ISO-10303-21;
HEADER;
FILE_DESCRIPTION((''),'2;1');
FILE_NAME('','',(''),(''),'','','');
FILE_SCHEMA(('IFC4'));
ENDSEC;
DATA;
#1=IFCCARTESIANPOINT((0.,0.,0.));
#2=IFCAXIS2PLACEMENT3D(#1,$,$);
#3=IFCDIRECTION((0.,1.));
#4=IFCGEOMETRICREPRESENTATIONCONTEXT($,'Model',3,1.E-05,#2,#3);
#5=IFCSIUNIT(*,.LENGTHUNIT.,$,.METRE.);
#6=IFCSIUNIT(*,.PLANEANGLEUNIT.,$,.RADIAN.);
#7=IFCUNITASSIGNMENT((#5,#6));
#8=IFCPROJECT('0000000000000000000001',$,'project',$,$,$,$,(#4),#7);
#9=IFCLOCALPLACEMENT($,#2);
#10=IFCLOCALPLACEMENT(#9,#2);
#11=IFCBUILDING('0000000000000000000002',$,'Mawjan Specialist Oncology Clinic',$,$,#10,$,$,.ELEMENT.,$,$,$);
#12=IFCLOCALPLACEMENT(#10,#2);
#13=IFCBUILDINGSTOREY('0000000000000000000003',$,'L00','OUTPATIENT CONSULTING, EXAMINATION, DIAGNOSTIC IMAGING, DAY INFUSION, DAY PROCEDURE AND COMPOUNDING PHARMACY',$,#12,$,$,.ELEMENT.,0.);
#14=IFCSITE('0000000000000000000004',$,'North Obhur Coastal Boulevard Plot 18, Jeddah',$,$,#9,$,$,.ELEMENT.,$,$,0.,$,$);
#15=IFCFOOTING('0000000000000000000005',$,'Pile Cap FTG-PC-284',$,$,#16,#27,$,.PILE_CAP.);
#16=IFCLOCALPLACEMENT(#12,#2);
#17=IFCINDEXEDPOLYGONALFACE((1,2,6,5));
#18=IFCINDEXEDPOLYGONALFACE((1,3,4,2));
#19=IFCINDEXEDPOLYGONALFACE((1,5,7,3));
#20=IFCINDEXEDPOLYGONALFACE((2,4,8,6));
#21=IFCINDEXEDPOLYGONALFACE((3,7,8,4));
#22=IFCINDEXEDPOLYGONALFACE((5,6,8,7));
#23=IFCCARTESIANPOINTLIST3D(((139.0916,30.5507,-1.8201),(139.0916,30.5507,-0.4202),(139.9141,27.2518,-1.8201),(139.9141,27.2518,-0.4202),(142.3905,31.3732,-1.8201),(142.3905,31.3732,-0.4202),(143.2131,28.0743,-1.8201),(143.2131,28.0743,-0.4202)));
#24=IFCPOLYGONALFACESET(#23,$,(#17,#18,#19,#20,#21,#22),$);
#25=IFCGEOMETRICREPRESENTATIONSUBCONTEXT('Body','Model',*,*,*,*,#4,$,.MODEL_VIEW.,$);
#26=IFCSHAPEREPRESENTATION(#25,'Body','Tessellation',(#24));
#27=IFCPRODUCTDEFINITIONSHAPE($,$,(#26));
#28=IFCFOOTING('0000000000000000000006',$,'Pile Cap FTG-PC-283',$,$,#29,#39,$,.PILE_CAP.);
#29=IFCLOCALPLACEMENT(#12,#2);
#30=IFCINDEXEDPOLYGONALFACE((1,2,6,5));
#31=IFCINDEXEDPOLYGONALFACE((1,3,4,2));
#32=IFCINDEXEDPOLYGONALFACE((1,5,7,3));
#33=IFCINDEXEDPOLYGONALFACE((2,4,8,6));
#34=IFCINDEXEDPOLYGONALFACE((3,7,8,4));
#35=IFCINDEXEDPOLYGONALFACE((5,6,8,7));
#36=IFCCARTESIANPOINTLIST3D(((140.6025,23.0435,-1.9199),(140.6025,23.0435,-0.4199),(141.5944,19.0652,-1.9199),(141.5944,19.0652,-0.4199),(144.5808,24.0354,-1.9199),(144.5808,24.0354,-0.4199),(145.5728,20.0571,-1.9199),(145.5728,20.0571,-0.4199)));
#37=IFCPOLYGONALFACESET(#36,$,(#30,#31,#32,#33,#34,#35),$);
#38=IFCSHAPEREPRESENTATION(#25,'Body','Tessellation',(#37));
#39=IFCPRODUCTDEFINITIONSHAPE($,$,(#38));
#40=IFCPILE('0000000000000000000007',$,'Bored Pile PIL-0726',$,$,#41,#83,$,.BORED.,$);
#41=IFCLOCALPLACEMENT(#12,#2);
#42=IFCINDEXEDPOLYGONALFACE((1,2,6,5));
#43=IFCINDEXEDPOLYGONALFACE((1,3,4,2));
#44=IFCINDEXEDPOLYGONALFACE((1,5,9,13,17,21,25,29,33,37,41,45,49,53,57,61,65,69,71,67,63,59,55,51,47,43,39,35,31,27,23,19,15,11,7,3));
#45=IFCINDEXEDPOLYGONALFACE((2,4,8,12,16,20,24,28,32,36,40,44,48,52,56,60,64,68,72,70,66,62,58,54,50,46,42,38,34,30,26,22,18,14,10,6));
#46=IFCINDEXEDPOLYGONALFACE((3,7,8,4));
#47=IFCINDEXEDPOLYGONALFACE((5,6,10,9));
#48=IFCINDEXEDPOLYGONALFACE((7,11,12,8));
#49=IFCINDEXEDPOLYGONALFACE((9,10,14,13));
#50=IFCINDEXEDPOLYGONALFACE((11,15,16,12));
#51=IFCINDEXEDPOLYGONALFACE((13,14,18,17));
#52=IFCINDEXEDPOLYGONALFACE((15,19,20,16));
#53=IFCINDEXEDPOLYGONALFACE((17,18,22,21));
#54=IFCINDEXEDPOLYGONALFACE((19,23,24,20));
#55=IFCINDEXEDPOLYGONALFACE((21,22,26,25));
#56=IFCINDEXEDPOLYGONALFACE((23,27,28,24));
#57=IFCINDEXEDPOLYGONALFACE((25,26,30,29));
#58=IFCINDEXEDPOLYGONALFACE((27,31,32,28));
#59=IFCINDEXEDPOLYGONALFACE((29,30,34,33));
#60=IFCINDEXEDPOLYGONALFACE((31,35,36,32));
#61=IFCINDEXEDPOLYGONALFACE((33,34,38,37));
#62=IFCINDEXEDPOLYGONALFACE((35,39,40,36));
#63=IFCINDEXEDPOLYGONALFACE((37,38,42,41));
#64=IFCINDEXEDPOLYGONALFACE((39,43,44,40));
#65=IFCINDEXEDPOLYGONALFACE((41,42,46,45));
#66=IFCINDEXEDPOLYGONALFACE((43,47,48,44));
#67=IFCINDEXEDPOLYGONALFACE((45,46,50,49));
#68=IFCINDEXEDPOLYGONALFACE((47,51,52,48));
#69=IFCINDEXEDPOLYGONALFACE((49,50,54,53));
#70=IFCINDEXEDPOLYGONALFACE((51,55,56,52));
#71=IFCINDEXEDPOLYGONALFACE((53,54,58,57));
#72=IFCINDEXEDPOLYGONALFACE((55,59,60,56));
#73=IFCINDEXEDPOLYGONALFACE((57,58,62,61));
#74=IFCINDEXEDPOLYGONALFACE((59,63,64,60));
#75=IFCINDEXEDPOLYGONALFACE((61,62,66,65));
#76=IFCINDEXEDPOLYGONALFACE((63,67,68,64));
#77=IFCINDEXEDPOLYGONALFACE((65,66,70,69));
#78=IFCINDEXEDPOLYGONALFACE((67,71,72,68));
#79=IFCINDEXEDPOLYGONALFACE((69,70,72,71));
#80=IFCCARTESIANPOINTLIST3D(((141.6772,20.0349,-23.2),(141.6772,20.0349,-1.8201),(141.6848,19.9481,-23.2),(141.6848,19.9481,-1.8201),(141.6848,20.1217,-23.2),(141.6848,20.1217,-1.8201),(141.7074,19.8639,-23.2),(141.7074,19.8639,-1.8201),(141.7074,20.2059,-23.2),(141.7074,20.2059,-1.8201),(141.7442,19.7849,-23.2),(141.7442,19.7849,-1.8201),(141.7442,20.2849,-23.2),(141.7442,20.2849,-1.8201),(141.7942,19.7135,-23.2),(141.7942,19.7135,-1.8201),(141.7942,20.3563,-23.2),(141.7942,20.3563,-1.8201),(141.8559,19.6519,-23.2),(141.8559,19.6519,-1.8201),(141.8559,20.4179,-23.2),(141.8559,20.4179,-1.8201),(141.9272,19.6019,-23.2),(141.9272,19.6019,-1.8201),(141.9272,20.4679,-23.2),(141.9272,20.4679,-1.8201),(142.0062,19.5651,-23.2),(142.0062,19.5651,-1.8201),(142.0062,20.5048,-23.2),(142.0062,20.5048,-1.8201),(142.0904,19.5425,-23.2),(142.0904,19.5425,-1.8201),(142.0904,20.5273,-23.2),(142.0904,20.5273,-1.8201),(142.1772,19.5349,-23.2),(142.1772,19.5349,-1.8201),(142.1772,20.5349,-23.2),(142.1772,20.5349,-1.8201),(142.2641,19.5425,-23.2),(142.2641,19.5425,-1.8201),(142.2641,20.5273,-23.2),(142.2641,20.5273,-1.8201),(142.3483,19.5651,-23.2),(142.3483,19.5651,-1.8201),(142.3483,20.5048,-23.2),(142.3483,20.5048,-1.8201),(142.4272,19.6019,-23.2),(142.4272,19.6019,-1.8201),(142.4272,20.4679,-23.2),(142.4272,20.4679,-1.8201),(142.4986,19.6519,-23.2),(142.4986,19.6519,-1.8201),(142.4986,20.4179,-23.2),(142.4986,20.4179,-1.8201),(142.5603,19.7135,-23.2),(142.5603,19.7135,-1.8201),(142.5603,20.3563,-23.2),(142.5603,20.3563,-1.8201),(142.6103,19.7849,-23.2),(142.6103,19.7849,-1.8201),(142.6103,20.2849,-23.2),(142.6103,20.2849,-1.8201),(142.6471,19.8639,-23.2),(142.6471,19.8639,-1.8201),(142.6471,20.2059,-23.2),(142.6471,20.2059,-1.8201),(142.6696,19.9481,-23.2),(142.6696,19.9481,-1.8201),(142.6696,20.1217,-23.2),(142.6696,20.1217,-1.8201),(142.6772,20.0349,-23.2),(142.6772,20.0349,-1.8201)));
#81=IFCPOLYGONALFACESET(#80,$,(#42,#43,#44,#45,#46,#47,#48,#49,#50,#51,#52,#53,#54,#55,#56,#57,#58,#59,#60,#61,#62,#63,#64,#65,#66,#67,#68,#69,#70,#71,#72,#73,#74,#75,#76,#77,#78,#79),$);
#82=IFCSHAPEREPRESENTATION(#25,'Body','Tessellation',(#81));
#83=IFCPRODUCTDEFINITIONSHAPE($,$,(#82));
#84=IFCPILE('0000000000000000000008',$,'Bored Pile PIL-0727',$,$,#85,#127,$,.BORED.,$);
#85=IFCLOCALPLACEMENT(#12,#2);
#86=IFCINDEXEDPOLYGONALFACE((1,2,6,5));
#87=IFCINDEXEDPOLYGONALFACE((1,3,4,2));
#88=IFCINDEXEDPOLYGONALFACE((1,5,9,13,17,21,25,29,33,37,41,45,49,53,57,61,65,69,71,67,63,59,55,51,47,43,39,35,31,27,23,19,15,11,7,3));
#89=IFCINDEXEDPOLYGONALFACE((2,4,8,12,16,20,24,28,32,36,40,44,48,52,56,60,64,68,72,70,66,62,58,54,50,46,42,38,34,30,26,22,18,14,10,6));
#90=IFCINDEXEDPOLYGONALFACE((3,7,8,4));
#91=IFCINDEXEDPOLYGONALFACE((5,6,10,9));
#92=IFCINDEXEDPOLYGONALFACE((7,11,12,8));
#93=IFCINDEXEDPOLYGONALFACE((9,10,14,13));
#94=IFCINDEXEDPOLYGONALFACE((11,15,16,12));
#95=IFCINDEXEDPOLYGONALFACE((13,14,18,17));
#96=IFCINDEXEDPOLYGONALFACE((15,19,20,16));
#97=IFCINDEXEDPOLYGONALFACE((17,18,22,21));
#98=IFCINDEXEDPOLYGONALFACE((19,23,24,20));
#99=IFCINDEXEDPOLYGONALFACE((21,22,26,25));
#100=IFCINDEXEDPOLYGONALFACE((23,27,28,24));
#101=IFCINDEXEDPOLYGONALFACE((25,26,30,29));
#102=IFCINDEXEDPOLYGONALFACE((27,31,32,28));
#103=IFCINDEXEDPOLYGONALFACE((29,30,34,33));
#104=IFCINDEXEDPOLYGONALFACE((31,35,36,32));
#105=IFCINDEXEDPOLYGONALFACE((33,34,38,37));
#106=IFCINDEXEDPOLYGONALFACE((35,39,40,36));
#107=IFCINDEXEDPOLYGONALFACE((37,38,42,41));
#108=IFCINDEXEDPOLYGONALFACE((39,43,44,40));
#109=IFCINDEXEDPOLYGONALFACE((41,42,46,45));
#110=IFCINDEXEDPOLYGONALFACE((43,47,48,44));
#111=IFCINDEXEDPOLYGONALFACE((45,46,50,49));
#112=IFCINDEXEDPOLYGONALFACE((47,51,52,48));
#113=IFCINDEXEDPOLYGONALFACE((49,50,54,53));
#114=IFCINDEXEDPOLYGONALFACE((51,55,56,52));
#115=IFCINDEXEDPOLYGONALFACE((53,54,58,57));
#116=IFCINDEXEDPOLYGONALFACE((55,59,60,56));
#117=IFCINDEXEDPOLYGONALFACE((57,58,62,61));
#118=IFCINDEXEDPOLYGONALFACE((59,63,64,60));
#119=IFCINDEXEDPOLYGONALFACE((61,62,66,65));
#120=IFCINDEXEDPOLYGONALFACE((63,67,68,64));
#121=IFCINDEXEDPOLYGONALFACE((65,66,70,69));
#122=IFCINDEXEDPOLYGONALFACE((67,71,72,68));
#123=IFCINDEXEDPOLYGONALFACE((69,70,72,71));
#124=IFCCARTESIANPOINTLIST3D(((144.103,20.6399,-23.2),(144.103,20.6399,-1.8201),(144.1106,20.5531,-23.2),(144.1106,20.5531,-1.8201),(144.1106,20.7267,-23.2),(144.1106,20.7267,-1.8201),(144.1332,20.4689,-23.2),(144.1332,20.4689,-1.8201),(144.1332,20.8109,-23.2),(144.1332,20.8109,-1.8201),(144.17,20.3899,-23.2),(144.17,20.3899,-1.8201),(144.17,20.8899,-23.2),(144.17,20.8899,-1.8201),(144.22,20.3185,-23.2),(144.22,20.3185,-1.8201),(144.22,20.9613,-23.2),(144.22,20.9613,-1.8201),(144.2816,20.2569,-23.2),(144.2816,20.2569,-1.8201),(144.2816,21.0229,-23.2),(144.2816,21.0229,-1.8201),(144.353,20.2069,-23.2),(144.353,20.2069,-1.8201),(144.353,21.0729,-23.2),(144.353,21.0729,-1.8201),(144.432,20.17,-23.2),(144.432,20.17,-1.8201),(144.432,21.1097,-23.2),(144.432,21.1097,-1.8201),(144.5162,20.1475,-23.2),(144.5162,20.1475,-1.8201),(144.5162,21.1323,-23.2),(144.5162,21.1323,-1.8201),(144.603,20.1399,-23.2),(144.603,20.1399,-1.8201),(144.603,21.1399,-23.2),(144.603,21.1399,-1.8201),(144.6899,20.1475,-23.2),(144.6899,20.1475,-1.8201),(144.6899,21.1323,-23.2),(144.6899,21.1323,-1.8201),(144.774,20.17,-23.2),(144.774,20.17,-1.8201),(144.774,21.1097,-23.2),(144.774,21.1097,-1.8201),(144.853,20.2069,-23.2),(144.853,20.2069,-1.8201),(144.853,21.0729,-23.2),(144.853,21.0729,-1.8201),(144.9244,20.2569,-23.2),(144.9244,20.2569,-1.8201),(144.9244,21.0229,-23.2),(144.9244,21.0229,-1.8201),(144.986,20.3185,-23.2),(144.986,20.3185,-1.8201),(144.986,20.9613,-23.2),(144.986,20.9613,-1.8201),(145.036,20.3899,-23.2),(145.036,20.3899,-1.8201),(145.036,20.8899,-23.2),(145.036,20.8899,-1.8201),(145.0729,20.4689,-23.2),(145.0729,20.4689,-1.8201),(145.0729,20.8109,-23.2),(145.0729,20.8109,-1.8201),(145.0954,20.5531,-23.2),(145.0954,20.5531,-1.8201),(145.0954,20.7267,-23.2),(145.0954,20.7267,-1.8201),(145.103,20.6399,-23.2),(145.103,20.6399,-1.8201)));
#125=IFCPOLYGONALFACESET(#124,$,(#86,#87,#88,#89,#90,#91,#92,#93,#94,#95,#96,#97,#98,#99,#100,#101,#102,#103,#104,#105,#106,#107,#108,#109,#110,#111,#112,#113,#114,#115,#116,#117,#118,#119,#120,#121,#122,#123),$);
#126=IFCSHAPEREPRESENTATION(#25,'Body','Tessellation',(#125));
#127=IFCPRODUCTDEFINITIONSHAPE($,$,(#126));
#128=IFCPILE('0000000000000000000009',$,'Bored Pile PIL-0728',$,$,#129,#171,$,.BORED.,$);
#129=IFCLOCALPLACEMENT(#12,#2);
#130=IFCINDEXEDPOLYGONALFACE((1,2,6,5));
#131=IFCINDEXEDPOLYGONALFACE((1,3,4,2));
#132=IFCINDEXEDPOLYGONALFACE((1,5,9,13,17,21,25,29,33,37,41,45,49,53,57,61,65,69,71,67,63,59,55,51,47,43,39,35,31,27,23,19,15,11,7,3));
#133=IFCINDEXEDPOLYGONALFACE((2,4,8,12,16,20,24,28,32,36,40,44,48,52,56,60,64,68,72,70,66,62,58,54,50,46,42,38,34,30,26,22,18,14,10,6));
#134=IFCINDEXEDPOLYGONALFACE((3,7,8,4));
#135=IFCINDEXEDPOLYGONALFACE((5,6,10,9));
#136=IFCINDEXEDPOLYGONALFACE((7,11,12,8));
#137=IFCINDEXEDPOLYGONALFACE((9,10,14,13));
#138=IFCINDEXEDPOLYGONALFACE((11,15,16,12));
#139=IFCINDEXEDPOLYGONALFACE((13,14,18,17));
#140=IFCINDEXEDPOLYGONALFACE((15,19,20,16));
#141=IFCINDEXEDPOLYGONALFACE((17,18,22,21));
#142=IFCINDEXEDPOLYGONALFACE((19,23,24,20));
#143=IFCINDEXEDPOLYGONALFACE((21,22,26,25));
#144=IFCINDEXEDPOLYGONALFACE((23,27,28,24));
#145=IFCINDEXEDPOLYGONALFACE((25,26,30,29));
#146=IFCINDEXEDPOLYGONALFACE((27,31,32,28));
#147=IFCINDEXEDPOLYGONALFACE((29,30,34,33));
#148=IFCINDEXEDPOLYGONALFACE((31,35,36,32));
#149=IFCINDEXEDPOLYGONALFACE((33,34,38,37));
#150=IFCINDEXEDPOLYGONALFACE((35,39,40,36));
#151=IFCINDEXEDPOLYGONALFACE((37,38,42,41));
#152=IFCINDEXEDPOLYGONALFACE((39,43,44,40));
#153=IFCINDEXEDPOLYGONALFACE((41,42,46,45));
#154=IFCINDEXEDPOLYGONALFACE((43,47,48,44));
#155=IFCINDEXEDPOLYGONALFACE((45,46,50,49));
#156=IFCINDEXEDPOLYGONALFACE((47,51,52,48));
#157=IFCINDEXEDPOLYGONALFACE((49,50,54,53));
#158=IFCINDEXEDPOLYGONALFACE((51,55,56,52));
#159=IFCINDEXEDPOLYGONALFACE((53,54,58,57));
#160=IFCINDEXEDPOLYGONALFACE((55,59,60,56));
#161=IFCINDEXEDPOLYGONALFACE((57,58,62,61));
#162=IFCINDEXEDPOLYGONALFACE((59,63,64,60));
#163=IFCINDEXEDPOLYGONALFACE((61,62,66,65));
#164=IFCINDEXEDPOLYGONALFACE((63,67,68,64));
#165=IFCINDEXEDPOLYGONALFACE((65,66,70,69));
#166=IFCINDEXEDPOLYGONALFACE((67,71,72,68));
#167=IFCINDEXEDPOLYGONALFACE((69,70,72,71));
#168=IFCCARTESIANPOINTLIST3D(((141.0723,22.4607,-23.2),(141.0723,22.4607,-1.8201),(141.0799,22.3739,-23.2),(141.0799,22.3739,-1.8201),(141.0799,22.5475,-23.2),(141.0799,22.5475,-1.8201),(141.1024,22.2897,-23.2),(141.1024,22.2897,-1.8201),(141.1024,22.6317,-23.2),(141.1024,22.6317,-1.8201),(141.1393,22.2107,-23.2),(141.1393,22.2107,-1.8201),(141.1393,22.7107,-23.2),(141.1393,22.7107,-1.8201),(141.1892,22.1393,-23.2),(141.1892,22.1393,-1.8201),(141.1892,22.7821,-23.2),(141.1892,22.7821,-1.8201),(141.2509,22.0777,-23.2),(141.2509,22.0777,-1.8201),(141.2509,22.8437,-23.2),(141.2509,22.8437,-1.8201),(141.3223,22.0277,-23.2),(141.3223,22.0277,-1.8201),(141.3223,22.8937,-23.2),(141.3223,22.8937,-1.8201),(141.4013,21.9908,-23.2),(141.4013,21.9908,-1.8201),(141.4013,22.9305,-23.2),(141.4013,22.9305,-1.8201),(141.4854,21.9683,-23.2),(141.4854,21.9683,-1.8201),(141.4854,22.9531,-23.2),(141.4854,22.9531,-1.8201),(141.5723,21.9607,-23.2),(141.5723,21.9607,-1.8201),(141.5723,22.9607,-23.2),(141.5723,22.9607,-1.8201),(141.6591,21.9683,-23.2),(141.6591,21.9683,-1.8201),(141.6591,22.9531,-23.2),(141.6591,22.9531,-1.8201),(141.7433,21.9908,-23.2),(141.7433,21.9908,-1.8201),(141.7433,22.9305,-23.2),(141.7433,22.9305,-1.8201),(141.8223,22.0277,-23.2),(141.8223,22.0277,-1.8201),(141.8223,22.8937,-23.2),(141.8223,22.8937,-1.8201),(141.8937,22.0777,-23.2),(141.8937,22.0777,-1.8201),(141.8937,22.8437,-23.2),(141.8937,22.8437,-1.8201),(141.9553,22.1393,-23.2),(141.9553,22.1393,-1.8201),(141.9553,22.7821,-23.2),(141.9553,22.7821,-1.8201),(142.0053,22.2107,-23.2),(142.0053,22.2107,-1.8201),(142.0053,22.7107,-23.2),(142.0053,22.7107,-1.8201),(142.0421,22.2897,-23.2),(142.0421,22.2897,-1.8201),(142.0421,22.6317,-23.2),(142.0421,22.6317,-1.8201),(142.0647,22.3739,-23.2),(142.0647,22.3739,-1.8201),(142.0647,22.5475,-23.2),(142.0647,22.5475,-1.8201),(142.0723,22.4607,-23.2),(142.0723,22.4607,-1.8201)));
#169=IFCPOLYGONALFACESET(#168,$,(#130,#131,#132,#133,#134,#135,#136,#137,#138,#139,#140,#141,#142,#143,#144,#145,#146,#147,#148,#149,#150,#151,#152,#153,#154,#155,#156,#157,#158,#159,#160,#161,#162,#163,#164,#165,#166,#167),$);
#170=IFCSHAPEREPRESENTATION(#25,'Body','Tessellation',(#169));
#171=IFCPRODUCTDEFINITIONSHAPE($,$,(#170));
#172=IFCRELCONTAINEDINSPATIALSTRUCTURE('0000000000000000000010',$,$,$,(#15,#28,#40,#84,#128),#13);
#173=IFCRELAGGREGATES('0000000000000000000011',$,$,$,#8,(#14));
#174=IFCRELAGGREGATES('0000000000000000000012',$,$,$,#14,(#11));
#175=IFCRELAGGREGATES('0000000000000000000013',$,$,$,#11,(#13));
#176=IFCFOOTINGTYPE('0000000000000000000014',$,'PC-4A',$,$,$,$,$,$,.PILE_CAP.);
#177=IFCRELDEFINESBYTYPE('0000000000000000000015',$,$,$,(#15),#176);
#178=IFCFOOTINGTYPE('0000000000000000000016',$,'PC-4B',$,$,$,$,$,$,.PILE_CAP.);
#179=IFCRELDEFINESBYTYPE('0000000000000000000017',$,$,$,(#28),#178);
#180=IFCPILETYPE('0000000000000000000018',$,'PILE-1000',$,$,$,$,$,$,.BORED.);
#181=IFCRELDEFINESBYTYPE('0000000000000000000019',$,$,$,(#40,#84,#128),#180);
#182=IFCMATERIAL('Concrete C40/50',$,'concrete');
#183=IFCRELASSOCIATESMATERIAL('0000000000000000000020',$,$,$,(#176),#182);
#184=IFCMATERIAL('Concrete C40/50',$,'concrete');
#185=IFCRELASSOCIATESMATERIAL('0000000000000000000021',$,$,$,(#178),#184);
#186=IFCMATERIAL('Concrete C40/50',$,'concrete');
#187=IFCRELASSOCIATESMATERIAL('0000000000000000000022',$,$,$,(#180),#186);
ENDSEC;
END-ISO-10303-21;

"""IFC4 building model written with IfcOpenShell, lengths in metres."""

from ifc_helpers import new_model, si_unit, direction, frame, origin, origin_2d, place, context, subcontext, project, spatial, rectangle, circle, extrude, material, material_profile, profile_set, type_object, element, save


model = new_model("IFC4")

# Units and contexts
model_context = context("Model", 3, precision=1e-05, world=origin(), true_north=direction((0.0, 1.0)))
body_context = subcontext(model_context, "Body", "Model", "MODEL_VIEW")
ifc_project = project(units=[si_unit("LENGTHUNIT", "METRE"), si_unit("PLANEANGLEUNIT", "RADIAN")], contexts=[model_context])

# Site, building, storey
site_placement = place(None, origin())
site = spatial("IfcSite", under=ifc_project, at=site_placement, Name="North Obhur Coastal Boulevard Plot 18, Jeddah", CompositionType="ELEMENT", RefElevation=0.0)
building_placement = place(site_placement, origin())
building = spatial("IfcBuilding", under=site, at=building_placement, Name="Mawjan Specialist Oncology Clinic", CompositionType="ELEMENT")
storey_placement = place(building_placement, origin())
storey = spatial("IfcBuildingStorey", under=building, at=storey_placement, Name="L00", Description="OUTPATIENT CONSULTING, EXAMINATION, DIAGNOSTIC IMAGING, DAY INFUSION, DAY PROCEDURE AND COMPOUNDING PHARMACY", CompositionType="ELEMENT", Elevation=0.0)

# Footings
ifc_material_1 = material(Name="Concrete C40/50", Category="concrete")
footing_type_1 = type_object("IfcFootingType", Name="PC-4A", PredefinedType="PILE_CAP", material=ifc_material_1)
footing_1_placement = place(storey_placement, frame((141.1523, 29.3125, -1.8201), z_axis=(0.0, 0.0, 1.0), x_axis=(0.970296, 0.241922, 0.0)))
element("IfcFooting", 1, at=footing_1_placement, inside=storey, type_object=footing_type_1, Name="Pile Cap FTG-PC-284", PredefinedType="PILE_CAP", context=body_context, shape_type="SweptSolid", body=[
    extrude(rectangle(XDim=3.3999, YDim=3.3999, at=origin_2d()), origin(), (0.0, 0.0, 1.0), 1.3999),
])
ifc_material_2 = material(Name="Concrete C40/50", Category="concrete")
footing_type_2 = type_object("IfcFootingType", Name="PC-4B", PredefinedType="PILE_CAP", material=ifc_material_2)
footing_2_placement = place(storey_placement, frame((143.0876, 21.5503, -1.9199), z_axis=(0.0, 0.0, 1.0), x_axis=(0.970296, 0.241922, 0.0)))
element("IfcFooting", 2, at=footing_2_placement, inside=storey, type_object=footing_type_2, Name="Pile Cap FTG-PC-283", PredefinedType="PILE_CAP", context=body_context, shape_type="SweptSolid", body=[
    extrude(rectangle(XDim=4.1001, YDim=4.1001, at=origin_2d()), origin(), (0.0, 0.0, 1.0), 1.5),
])

# Piles
ifc_material_3 = material(Name="Concrete C40/50", Category="concrete")
ifc_material_profile_1 = material_profile(ifc_material_3, circle(Radius=0.5, at=origin_2d()), Name="BORED PILE D1000", Category="concrete")
ifc_profile_set_1 = profile_set([ifc_material_profile_1], Name="Concrete C40/50")
pile_type_1 = type_object("IfcPileType", Name="PILE-1000", PredefinedType="BORED", material=ifc_profile_set_1)
for number, where, z_axis, x_axis, name in (
    (3, (142.1772, 20.0349, -1.8201), (0.0, 0.0, -1.0), (1.0, 0.0, 0.0), "Bored Pile PIL-0726"),
    (4, (144.603, 20.6399, -1.8201), (0.0, 0.0, -1.0), (1.0, 0.0, 0.0), "Bored Pile PIL-0727"),
    (5, (141.5723, 22.4607, -1.8201), (0.0, 0.0, -1.0), (1.0, 0.0, 0.0), "Bored Pile PIL-0728"),
):
    element("IfcPile", number, at=place(storey_placement, frame(where, z_axis=z_axis, x_axis=x_axis)), inside=storey, type_object=pile_type_1, Name=name, PredefinedType="BORED", context=body_context, shape_type="SweptSolid", body=[
        extrude(circle(Radius=0.5, at=origin_2d()), origin(), (0.0, 0.0, 1.0), 21.3799),
    ])

save(model, "model.ifc")
